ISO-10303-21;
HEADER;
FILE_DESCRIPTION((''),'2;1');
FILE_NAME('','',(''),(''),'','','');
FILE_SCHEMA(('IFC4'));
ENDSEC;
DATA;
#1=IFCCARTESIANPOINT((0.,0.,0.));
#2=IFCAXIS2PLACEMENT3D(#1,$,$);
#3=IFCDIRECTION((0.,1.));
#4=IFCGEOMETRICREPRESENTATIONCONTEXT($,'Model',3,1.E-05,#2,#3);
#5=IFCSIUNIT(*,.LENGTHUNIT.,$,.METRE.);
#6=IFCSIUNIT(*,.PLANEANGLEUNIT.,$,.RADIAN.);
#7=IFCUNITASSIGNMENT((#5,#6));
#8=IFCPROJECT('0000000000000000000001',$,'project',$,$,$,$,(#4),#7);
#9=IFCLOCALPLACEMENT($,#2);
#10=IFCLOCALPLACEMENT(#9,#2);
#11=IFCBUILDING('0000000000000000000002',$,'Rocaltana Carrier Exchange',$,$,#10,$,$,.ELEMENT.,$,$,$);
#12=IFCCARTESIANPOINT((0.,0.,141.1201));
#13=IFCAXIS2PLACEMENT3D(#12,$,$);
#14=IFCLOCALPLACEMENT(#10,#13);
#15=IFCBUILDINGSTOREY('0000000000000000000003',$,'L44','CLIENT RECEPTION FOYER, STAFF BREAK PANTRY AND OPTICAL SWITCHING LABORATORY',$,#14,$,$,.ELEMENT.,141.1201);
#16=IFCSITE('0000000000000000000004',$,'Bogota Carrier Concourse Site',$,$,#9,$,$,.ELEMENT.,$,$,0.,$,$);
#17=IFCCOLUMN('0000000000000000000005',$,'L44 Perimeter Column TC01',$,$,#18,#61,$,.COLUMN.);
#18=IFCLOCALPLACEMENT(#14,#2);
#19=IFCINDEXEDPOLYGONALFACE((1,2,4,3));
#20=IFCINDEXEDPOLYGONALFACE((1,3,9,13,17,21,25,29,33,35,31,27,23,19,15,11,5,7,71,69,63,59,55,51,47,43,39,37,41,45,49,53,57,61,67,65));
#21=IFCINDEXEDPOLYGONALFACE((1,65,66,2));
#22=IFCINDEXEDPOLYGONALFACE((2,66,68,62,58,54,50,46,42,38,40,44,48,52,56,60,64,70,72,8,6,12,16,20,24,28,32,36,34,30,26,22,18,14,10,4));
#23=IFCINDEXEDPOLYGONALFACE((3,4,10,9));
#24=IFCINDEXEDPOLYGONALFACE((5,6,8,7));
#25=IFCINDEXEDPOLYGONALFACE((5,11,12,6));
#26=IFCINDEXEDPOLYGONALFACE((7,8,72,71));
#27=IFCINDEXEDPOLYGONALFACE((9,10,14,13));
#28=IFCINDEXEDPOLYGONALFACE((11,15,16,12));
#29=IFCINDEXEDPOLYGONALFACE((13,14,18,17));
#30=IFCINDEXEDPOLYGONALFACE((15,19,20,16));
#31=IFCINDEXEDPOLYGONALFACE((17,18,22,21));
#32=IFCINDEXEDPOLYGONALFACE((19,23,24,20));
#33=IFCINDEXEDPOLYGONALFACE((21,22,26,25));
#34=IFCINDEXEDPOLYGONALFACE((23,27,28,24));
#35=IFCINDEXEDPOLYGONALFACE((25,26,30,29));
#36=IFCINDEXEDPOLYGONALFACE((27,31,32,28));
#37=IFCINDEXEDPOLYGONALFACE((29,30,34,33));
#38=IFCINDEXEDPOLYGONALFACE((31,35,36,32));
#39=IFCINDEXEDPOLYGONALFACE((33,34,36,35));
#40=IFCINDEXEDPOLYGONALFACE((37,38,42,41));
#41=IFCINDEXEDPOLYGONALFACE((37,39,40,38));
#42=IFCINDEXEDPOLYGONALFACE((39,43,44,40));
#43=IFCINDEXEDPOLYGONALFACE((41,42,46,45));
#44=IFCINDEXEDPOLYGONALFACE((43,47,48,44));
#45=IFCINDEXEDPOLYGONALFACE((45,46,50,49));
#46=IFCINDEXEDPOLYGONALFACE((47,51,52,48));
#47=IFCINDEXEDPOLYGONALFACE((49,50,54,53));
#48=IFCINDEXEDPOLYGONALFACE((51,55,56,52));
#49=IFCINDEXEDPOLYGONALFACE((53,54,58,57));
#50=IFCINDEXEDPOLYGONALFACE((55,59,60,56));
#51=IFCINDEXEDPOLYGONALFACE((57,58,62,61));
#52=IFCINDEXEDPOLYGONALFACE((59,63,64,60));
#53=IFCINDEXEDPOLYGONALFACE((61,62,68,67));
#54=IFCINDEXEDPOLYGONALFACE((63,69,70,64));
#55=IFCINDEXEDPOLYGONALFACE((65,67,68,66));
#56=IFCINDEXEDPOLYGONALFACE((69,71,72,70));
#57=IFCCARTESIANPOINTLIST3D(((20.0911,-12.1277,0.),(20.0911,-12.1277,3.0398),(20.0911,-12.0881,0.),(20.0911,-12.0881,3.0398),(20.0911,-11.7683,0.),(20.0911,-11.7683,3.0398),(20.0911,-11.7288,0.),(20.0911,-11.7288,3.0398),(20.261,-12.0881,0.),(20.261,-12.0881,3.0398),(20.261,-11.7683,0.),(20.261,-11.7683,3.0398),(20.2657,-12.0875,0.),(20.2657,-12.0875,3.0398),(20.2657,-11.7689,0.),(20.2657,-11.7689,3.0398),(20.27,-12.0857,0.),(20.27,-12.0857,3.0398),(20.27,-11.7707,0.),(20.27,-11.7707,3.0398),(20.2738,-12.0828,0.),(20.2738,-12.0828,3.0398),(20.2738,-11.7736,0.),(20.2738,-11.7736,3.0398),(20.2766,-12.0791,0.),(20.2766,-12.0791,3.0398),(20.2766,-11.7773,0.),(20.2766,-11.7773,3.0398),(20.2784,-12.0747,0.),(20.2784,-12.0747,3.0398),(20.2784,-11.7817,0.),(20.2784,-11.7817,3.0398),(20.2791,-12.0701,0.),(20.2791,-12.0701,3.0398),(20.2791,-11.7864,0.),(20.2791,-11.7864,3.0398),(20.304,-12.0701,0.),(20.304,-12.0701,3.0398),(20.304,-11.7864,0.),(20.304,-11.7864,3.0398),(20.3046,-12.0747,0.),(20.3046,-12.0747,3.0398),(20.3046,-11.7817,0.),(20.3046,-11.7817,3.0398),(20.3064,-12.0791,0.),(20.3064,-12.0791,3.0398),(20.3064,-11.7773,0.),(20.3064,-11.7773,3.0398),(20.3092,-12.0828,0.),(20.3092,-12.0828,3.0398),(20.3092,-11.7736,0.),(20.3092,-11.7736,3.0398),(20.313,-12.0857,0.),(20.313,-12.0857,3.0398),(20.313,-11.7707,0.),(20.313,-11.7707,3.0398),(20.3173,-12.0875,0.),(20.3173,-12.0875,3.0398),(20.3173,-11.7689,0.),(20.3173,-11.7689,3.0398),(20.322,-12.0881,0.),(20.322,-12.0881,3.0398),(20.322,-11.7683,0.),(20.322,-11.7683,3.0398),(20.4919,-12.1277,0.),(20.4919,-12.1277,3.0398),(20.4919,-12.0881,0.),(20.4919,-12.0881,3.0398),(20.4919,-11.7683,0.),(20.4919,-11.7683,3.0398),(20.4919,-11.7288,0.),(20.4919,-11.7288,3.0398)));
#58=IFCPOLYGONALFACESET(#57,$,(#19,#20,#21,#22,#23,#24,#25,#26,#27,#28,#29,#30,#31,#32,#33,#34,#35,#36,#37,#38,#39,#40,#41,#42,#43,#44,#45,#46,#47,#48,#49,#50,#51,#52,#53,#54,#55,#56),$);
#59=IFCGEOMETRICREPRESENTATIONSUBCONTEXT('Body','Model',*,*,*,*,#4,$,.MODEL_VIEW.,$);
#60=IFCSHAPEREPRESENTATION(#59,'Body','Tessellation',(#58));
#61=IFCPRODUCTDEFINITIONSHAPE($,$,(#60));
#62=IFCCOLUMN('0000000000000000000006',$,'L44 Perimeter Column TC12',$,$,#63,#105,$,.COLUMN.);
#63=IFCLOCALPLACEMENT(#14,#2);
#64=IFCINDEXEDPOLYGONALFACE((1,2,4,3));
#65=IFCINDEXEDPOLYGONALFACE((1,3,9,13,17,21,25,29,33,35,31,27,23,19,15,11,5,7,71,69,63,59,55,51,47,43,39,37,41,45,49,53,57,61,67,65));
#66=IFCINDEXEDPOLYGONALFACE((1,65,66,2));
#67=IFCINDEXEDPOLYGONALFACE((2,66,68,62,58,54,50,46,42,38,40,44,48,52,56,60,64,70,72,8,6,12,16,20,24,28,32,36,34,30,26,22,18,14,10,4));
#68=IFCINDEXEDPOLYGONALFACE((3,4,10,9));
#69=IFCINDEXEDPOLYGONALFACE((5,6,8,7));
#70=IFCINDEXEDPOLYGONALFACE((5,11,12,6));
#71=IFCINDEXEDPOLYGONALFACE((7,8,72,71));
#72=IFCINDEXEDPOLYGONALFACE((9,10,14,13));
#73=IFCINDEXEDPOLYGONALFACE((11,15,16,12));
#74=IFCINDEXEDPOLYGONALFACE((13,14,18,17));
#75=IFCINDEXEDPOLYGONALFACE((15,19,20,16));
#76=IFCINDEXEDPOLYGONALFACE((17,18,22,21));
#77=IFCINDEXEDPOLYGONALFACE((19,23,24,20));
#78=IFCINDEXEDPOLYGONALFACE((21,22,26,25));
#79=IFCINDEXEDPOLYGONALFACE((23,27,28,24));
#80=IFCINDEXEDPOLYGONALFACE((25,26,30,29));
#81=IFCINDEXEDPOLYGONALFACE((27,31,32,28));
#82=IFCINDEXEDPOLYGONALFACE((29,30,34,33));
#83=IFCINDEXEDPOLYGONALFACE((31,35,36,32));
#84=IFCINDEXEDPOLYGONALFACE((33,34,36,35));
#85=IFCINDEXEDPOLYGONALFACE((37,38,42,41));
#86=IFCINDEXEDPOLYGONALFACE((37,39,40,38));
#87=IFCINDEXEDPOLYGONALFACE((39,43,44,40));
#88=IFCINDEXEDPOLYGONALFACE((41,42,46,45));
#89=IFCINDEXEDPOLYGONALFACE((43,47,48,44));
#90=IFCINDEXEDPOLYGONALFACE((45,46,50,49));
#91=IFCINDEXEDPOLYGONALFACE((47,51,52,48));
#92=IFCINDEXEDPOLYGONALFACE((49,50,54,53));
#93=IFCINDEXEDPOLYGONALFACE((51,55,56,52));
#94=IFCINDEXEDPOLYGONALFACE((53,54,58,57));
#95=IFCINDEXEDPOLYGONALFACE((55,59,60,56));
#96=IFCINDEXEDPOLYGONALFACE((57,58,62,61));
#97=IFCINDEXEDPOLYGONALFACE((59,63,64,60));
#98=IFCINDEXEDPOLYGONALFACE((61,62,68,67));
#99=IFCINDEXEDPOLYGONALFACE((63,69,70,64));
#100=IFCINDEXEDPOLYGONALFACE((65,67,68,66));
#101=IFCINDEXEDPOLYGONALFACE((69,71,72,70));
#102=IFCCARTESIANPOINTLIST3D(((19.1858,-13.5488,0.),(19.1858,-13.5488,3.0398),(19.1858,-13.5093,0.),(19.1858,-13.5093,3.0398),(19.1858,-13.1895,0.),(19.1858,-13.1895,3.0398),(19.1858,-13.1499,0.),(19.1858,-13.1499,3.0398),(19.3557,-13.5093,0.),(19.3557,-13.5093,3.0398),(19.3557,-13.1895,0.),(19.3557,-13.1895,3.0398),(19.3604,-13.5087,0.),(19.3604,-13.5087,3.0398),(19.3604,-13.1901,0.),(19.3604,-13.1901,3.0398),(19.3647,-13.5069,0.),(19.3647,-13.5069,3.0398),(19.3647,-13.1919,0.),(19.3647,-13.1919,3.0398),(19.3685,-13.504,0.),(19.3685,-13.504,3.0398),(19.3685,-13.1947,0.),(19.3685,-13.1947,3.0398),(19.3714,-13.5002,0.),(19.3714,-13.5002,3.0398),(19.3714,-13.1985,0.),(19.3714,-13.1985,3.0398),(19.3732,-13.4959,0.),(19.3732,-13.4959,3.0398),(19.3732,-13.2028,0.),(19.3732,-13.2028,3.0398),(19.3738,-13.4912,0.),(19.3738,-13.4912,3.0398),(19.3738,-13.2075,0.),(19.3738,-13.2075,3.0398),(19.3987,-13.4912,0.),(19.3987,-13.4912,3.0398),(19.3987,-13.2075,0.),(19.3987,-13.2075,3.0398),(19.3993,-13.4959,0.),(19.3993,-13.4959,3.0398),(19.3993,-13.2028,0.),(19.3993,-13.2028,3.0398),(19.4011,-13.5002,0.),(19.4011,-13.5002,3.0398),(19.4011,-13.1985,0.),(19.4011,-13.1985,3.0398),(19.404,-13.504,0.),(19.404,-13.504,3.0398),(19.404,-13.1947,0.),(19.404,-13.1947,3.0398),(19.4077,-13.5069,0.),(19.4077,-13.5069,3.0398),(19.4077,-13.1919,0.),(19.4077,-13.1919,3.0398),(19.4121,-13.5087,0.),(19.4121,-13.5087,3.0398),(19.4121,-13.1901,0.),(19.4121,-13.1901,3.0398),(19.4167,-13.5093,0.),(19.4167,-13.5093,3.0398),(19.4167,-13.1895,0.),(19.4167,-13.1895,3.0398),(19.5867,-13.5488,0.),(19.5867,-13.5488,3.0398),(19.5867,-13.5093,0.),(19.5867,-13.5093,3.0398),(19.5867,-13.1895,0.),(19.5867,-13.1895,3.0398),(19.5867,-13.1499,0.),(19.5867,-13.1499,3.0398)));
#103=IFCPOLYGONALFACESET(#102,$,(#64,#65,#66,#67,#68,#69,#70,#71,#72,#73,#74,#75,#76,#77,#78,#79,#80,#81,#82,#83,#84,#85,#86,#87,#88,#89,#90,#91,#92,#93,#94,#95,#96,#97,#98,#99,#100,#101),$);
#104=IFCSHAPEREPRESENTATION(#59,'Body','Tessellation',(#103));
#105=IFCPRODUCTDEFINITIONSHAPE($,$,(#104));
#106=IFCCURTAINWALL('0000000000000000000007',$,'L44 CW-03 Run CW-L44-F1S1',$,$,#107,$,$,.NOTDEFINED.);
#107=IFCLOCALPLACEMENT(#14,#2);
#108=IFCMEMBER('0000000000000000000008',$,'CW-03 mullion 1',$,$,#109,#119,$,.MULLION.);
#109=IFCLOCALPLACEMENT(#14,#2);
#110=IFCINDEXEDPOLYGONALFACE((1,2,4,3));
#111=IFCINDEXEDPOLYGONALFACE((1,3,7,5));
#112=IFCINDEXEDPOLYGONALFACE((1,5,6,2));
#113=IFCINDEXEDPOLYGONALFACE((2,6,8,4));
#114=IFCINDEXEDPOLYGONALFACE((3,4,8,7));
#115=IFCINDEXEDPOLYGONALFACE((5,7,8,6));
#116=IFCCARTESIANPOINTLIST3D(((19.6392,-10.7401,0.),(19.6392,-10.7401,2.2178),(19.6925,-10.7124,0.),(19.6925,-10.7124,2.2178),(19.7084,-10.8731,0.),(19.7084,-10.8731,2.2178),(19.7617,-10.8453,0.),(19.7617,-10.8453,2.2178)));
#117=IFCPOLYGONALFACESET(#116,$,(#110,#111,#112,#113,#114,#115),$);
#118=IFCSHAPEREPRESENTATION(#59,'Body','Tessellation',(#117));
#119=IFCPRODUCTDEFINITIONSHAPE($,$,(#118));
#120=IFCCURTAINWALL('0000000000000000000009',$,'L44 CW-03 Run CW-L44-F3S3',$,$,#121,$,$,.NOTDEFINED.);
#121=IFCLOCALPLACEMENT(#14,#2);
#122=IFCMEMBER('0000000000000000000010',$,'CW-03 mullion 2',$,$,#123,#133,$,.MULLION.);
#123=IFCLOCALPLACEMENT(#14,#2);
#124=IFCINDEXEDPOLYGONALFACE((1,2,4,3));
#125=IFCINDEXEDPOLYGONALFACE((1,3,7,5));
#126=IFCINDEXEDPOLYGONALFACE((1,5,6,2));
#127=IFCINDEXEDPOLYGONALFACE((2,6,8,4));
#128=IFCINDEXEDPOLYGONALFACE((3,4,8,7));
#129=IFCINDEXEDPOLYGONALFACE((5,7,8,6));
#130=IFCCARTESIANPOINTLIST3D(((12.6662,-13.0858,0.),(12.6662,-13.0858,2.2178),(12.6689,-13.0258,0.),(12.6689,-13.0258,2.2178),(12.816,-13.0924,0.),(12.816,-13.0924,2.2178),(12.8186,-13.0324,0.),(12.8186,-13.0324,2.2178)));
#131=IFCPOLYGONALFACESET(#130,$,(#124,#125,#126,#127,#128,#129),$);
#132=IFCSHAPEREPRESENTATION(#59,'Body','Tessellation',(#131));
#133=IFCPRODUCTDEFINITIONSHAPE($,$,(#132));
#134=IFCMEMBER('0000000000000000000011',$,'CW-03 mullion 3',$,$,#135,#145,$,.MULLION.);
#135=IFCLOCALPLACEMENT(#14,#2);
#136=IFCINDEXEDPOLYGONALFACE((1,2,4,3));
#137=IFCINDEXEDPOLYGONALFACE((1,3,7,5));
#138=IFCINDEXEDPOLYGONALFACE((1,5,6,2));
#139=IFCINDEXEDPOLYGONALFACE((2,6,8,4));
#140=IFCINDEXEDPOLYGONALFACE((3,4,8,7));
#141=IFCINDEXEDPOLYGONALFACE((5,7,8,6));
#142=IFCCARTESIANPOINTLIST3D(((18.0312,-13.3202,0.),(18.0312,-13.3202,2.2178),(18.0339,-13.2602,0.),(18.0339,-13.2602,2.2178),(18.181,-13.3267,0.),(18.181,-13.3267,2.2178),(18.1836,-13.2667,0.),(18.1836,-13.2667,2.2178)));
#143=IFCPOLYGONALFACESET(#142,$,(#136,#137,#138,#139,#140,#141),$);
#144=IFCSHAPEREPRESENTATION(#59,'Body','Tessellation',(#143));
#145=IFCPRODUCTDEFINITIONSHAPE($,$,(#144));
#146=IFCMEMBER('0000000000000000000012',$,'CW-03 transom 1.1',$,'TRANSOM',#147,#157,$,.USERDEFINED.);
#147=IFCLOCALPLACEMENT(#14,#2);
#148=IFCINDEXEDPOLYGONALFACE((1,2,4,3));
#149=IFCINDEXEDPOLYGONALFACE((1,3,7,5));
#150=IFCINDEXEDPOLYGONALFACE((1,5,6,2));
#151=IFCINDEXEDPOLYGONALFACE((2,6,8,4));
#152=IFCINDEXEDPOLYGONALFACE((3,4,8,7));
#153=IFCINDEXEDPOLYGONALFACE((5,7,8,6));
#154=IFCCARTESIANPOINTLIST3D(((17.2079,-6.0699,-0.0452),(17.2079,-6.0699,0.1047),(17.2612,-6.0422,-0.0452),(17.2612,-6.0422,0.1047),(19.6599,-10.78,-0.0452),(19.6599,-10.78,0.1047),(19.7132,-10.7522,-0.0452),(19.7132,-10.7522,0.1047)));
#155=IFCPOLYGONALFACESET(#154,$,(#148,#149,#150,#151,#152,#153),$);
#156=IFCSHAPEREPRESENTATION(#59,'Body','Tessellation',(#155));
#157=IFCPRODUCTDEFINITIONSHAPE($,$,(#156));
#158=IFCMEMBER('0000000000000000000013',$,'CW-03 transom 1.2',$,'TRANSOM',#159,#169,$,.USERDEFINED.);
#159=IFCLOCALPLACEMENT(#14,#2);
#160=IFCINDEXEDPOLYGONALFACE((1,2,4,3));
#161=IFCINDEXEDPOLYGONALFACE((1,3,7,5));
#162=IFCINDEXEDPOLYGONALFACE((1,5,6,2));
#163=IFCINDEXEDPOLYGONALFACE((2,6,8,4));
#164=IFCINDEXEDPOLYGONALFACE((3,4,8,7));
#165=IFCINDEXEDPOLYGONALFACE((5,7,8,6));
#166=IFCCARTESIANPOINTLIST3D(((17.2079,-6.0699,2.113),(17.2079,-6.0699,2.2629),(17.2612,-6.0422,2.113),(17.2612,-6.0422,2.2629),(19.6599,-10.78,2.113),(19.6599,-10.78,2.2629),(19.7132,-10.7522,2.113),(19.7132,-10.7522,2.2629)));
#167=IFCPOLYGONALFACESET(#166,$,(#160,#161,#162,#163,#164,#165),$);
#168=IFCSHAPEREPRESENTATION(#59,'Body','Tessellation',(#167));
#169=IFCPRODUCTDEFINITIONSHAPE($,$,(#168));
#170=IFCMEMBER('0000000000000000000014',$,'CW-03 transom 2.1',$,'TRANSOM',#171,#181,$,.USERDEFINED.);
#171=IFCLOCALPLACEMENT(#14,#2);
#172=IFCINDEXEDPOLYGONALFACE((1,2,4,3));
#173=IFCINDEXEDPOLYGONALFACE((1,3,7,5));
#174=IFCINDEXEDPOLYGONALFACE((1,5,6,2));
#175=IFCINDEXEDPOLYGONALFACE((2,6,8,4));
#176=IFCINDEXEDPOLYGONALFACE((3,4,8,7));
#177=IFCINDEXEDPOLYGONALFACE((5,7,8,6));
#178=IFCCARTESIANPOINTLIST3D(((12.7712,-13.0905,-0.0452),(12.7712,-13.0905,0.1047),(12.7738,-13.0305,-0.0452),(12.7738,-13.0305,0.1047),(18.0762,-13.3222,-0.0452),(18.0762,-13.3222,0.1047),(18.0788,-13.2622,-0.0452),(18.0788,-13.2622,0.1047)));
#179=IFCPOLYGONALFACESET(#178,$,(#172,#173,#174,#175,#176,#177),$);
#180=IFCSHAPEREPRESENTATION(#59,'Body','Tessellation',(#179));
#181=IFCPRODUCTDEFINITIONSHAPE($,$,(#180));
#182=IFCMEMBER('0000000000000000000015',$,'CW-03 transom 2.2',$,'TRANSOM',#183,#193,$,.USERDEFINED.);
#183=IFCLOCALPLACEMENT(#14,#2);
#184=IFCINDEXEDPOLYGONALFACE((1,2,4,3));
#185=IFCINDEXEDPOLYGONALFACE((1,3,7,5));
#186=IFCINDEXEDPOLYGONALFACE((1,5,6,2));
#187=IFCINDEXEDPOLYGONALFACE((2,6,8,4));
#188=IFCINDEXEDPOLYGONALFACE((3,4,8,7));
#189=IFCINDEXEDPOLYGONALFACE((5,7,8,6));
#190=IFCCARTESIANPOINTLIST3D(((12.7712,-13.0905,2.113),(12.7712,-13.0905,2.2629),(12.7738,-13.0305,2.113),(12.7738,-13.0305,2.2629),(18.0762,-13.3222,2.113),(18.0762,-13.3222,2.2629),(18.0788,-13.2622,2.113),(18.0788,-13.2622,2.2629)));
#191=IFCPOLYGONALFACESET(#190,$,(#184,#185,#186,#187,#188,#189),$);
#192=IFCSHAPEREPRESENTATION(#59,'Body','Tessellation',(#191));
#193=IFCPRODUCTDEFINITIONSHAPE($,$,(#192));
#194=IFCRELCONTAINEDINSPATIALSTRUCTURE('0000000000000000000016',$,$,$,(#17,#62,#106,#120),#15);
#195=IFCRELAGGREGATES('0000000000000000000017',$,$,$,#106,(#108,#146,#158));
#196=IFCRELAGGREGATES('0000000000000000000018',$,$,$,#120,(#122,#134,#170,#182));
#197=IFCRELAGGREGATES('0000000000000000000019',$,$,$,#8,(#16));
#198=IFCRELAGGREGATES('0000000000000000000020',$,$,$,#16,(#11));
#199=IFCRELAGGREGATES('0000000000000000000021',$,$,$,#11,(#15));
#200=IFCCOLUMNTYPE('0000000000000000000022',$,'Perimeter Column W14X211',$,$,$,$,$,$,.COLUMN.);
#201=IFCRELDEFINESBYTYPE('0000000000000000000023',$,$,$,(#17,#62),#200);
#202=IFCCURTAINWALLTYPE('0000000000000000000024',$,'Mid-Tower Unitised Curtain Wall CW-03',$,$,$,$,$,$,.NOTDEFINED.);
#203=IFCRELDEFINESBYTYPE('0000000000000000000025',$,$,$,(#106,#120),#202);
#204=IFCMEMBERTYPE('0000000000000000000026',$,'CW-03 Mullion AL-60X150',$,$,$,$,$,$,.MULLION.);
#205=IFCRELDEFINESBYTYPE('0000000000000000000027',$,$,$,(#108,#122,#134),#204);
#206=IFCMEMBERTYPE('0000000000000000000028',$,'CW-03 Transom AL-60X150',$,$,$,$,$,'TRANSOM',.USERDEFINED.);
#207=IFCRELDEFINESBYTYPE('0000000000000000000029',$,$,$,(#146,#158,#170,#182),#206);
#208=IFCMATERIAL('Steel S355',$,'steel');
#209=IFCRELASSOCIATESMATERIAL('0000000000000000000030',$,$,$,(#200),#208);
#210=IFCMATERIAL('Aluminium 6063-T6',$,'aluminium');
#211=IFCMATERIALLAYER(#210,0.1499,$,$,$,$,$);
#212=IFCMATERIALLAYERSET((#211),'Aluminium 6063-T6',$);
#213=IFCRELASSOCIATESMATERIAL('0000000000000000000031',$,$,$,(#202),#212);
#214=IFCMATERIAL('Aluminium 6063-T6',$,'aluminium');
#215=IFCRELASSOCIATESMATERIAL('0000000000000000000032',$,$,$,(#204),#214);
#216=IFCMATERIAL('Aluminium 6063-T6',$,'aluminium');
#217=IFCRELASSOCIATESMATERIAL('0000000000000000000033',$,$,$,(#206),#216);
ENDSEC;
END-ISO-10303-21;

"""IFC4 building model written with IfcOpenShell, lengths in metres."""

from ifc_helpers import new_model, si_unit, direction, frame, origin, origin_2d, place, context, subcontext, project, spatial, rectangle, i_section, extrude, material, layer, layer_set, material_profile, profile_set, type_object, element, aggregate, save


model = new_model("IFC4")

# Units and contexts
model_context = context("Model", 3, precision=1e-05, world=origin(), true_north=direction((0.0, 1.0)))
body_context = subcontext(model_context, "Body", "Model", "MODEL_VIEW")
ifc_project = project(units=[si_unit("LENGTHUNIT", "METRE"), si_unit("PLANEANGLEUNIT", "RADIAN")], contexts=[model_context])

# Site, building, storey
site_placement = place(None, origin())
site = spatial("IfcSite", under=ifc_project, at=site_placement, Name="Bogota Carrier Concourse Site", CompositionType="ELEMENT", RefElevation=0.0)
building_placement = place(site_placement, origin())
building = spatial("IfcBuilding", under=site, at=building_placement, Name="Rocaltana Carrier Exchange", CompositionType="ELEMENT")
storey_placement = place(building_placement, frame((0.0, 0.0, 141.1201)))
storey = spatial("IfcBuildingStorey", under=building, at=storey_placement, Name="L44", Description="CLIENT RECEPTION FOYER, STAFF BREAK PANTRY AND OPTICAL SWITCHING LABORATORY", CompositionType="ELEMENT", Elevation=141.1201)

# Columns
ifc_material_1 = material(Name="Steel S355", Category="steel")
ifc_material_profile_1 = material_profile(ifc_material_1, i_section(OverallWidth=0.4009, OverallDepth=0.3989, WebThickness=0.0249, FlangeThickness=0.0396, FilletRadius=0.0181, at=origin_2d()), Name="W14X211")
ifc_profile_set_1 = profile_set([ifc_material_profile_1], Name="Steel S355")
column_type = type_object("IfcColumnType", Name="Perimeter Column W14X211", PredefinedType="COLUMN", material=ifc_profile_set_1)
for number, where, z_axis, x_axis, name in (
    (1, (20.2915, -11.9282, 0.0), (0.0, 0.0, 1.0), (1.0, 0.0, 0.0), "L44 Perimeter Column TC01"),
    (2, (19.3862, -13.3494, 0.0), (0.0, 0.0, 1.0), (1.0, 0.0, 0.0), "L44 Perimeter Column TC12"),
):
    element("IfcColumn", number, at=place(storey_placement, frame(where, z_axis=z_axis, x_axis=x_axis)), inside=storey, type_object=column_type, Name=name, PredefinedType="COLUMN", context=body_context, shape_type="SweptSolid", body=[
        extrude(i_section(OverallWidth=0.4009, OverallDepth=0.3989, WebThickness=0.0249, FlangeThickness=0.0396, FilletRadius=0.0181, at=origin_2d()), origin(), (0.0, 0.0, 1.0), 3.0398),
    ])

# Curtain wall, member
ifc_material_2 = material(Name="Aluminium 6063-T6", Category="aluminium")
ifc_layer_1 = layer(ifc_material_2, 0.1499)
ifc_layer_set_1 = layer_set([ifc_layer_1], Name="Aluminium 6063-T6")
curtain_wall_type = type_object("IfcCurtainWallType", Name="Mid-Tower Unitised Curtain Wall CW-03", PredefinedType="NOTDEFINED", material=ifc_layer_set_1)
curtain_wall_1_placement = place(storey_placement, origin())
curtain_wall_1 = element("IfcCurtainWall", 3, at=curtain_wall_1_placement, inside=storey, type_object=curtain_wall_type, Name="L44 CW-03 Run CW-L44-F1S1", PredefinedType="NOTDEFINED")
ifc_material_3 = material(Name="Aluminium 6063-T6", Category="aluminium")
ifc_material_profile_2 = material_profile(ifc_material_3, rectangle(XDim=0.0601, YDim=0.1499, at=origin_2d()), Name="AL-60X150")
ifc_profile_set_2 = profile_set([ifc_material_profile_2], Name="Aluminium 6063-T6")
member_type_1 = type_object("IfcMemberType", Name="CW-03 Mullion AL-60X150", PredefinedType="MULLION", material=ifc_profile_set_2)
member_1_placement = place(storey_placement, frame((19.7004, -10.7927, 0.0), z_axis=(0.0, 0.0, 1.0), x_axis=(-0.88701, -0.46175, 0.0)))
member_1 = element("IfcMember", 4, at=member_1_placement, type_object=member_type_1, Name="CW-03 mullion 1", PredefinedType="MULLION", context=body_context, shape_type="SweptSolid", body=[
    extrude(rectangle(XDim=0.0601, YDim=0.1499, at=origin_2d()), origin(), (0.0, 0.0, 1.0), 2.2178),
])

# Curtain wall, members
curtain_wall_2_placement = place(storey_placement, origin())
curtain_wall_2 = element("IfcCurtainWall", 5, at=curtain_wall_2_placement, inside=storey, type_object=curtain_wall_type, Name="L44 CW-03 Run CW-L44-F3S3", PredefinedType="NOTDEFINED")
member_2_placement = place(storey_placement, frame((12.7424, -13.0591, 0.0), z_axis=(0.0, 0.0, 1.0), x_axis=(0.043629, 0.999048, 0.0)))
member_2 = element("IfcMember", 6, at=member_2_placement, type_object=member_type_1, Name="CW-03 mullion 2", PredefinedType="MULLION", context=body_context, shape_type="SweptSolid", body=[
    extrude(rectangle(XDim=0.0601, YDim=0.1499, at=origin_2d()), origin(), (0.0, 0.0, 1.0), 2.2178),
])
member_3_placement = place(storey_placement, frame((18.1074, -13.2935, 0.0), z_axis=(0.0, 0.0, 1.0), x_axis=(0.043629, 0.999048, 0.0)))
member_3 = element("IfcMember", 7, at=member_3_placement, type_object=member_type_1, Name="CW-03 mullion 3", PredefinedType="MULLION", context=body_context, shape_type="SweptSolid", body=[
    extrude(rectangle(XDim=0.0601, YDim=0.1499, at=origin_2d()), origin(), (0.0, 0.0, 1.0), 2.2178),
])

# Members
ifc_material_4 = material(Name="Aluminium 6063-T6", Category="aluminium")
ifc_material_profile_3 = material_profile(ifc_material_4, rectangle(XDim=0.0601, YDim=0.1499, at=origin_2d()), Name="AL-60X150")
ifc_profile_set_3 = profile_set([ifc_material_profile_3], Name="Aluminium 6063-T6")
member_type_2 = type_object("IfcMemberType", Name="CW-03 Transom AL-60X150", ElementType="TRANSOM", PredefinedType="USERDEFINED", material=ifc_profile_set_3)
member_4_placement = place(storey_placement, frame((19.6865, -10.7661, 0.0298), z_axis=(-0.461757, 0.887007, 0.0), x_axis=(-0.887007, -0.461757, 0.0)))
member_4 = element("IfcMember", 8, at=member_4_placement, type_object=member_type_2, Name="CW-03 transom 1.1", ObjectType="TRANSOM", PredefinedType="USERDEFINED", context=body_context, shape_type="SweptSolid", body=[
    extrude(rectangle(XDim=0.0601, YDim=0.1499, at=origin_2d()), origin(), (0.0, 0.0, 1.0), 5.3101),
])
member_5_placement = place(storey_placement, frame((19.6865, -10.7661, 2.188), z_axis=(-0.461757, 0.887007, 0.0), x_axis=(-0.887007, -0.461757, 0.0)))
member_5 = element("IfcMember", 9, at=member_5_placement, type_object=member_type_2, Name="CW-03 transom 1.2", ObjectType="TRANSOM", PredefinedType="USERDEFINED", context=body_context, shape_type="SweptSolid", body=[
    extrude(rectangle(XDim=0.0601, YDim=0.1499, at=origin_2d()), origin(), (0.0, 0.0, 1.0), 5.3101),
])
aggregate(curtain_wall_1, [member_1, member_4, member_5])
member_6_placement = place(storey_placement, frame((12.7725, -13.0605, 0.0298), z_axis=(0.999048, -0.043633, 0.0), x_axis=(0.043633, 0.999048, 0.0)))
member_6 = element("IfcMember", 10, at=member_6_placement, type_object=member_type_2, Name="CW-03 transom 2.1", ObjectType="TRANSOM", PredefinedType="USERDEFINED", context=body_context, shape_type="SweptSolid", body=[
    extrude(rectangle(XDim=0.0601, YDim=0.1499, at=origin_2d()), origin(), (0.0, 0.0, 1.0), 5.3101),
])
member_7_placement = place(storey_placement, frame((12.7725, -13.0605, 2.188), z_axis=(0.999048, -0.043633, 0.0), x_axis=(0.043633, 0.999048, 0.0)))
member_7 = element("IfcMember", 11, at=member_7_placement, type_object=member_type_2, Name="CW-03 transom 2.2", ObjectType="TRANSOM", PredefinedType="USERDEFINED", context=body_context, shape_type="SweptSolid", body=[
    extrude(rectangle(XDim=0.0601, YDim=0.1499, at=origin_2d()), origin(), (0.0, 0.0, 1.0), 5.3101),
])

aggregate(curtain_wall_2, [member_2, member_3, member_6, member_7])

save(model, "model.ifc")
